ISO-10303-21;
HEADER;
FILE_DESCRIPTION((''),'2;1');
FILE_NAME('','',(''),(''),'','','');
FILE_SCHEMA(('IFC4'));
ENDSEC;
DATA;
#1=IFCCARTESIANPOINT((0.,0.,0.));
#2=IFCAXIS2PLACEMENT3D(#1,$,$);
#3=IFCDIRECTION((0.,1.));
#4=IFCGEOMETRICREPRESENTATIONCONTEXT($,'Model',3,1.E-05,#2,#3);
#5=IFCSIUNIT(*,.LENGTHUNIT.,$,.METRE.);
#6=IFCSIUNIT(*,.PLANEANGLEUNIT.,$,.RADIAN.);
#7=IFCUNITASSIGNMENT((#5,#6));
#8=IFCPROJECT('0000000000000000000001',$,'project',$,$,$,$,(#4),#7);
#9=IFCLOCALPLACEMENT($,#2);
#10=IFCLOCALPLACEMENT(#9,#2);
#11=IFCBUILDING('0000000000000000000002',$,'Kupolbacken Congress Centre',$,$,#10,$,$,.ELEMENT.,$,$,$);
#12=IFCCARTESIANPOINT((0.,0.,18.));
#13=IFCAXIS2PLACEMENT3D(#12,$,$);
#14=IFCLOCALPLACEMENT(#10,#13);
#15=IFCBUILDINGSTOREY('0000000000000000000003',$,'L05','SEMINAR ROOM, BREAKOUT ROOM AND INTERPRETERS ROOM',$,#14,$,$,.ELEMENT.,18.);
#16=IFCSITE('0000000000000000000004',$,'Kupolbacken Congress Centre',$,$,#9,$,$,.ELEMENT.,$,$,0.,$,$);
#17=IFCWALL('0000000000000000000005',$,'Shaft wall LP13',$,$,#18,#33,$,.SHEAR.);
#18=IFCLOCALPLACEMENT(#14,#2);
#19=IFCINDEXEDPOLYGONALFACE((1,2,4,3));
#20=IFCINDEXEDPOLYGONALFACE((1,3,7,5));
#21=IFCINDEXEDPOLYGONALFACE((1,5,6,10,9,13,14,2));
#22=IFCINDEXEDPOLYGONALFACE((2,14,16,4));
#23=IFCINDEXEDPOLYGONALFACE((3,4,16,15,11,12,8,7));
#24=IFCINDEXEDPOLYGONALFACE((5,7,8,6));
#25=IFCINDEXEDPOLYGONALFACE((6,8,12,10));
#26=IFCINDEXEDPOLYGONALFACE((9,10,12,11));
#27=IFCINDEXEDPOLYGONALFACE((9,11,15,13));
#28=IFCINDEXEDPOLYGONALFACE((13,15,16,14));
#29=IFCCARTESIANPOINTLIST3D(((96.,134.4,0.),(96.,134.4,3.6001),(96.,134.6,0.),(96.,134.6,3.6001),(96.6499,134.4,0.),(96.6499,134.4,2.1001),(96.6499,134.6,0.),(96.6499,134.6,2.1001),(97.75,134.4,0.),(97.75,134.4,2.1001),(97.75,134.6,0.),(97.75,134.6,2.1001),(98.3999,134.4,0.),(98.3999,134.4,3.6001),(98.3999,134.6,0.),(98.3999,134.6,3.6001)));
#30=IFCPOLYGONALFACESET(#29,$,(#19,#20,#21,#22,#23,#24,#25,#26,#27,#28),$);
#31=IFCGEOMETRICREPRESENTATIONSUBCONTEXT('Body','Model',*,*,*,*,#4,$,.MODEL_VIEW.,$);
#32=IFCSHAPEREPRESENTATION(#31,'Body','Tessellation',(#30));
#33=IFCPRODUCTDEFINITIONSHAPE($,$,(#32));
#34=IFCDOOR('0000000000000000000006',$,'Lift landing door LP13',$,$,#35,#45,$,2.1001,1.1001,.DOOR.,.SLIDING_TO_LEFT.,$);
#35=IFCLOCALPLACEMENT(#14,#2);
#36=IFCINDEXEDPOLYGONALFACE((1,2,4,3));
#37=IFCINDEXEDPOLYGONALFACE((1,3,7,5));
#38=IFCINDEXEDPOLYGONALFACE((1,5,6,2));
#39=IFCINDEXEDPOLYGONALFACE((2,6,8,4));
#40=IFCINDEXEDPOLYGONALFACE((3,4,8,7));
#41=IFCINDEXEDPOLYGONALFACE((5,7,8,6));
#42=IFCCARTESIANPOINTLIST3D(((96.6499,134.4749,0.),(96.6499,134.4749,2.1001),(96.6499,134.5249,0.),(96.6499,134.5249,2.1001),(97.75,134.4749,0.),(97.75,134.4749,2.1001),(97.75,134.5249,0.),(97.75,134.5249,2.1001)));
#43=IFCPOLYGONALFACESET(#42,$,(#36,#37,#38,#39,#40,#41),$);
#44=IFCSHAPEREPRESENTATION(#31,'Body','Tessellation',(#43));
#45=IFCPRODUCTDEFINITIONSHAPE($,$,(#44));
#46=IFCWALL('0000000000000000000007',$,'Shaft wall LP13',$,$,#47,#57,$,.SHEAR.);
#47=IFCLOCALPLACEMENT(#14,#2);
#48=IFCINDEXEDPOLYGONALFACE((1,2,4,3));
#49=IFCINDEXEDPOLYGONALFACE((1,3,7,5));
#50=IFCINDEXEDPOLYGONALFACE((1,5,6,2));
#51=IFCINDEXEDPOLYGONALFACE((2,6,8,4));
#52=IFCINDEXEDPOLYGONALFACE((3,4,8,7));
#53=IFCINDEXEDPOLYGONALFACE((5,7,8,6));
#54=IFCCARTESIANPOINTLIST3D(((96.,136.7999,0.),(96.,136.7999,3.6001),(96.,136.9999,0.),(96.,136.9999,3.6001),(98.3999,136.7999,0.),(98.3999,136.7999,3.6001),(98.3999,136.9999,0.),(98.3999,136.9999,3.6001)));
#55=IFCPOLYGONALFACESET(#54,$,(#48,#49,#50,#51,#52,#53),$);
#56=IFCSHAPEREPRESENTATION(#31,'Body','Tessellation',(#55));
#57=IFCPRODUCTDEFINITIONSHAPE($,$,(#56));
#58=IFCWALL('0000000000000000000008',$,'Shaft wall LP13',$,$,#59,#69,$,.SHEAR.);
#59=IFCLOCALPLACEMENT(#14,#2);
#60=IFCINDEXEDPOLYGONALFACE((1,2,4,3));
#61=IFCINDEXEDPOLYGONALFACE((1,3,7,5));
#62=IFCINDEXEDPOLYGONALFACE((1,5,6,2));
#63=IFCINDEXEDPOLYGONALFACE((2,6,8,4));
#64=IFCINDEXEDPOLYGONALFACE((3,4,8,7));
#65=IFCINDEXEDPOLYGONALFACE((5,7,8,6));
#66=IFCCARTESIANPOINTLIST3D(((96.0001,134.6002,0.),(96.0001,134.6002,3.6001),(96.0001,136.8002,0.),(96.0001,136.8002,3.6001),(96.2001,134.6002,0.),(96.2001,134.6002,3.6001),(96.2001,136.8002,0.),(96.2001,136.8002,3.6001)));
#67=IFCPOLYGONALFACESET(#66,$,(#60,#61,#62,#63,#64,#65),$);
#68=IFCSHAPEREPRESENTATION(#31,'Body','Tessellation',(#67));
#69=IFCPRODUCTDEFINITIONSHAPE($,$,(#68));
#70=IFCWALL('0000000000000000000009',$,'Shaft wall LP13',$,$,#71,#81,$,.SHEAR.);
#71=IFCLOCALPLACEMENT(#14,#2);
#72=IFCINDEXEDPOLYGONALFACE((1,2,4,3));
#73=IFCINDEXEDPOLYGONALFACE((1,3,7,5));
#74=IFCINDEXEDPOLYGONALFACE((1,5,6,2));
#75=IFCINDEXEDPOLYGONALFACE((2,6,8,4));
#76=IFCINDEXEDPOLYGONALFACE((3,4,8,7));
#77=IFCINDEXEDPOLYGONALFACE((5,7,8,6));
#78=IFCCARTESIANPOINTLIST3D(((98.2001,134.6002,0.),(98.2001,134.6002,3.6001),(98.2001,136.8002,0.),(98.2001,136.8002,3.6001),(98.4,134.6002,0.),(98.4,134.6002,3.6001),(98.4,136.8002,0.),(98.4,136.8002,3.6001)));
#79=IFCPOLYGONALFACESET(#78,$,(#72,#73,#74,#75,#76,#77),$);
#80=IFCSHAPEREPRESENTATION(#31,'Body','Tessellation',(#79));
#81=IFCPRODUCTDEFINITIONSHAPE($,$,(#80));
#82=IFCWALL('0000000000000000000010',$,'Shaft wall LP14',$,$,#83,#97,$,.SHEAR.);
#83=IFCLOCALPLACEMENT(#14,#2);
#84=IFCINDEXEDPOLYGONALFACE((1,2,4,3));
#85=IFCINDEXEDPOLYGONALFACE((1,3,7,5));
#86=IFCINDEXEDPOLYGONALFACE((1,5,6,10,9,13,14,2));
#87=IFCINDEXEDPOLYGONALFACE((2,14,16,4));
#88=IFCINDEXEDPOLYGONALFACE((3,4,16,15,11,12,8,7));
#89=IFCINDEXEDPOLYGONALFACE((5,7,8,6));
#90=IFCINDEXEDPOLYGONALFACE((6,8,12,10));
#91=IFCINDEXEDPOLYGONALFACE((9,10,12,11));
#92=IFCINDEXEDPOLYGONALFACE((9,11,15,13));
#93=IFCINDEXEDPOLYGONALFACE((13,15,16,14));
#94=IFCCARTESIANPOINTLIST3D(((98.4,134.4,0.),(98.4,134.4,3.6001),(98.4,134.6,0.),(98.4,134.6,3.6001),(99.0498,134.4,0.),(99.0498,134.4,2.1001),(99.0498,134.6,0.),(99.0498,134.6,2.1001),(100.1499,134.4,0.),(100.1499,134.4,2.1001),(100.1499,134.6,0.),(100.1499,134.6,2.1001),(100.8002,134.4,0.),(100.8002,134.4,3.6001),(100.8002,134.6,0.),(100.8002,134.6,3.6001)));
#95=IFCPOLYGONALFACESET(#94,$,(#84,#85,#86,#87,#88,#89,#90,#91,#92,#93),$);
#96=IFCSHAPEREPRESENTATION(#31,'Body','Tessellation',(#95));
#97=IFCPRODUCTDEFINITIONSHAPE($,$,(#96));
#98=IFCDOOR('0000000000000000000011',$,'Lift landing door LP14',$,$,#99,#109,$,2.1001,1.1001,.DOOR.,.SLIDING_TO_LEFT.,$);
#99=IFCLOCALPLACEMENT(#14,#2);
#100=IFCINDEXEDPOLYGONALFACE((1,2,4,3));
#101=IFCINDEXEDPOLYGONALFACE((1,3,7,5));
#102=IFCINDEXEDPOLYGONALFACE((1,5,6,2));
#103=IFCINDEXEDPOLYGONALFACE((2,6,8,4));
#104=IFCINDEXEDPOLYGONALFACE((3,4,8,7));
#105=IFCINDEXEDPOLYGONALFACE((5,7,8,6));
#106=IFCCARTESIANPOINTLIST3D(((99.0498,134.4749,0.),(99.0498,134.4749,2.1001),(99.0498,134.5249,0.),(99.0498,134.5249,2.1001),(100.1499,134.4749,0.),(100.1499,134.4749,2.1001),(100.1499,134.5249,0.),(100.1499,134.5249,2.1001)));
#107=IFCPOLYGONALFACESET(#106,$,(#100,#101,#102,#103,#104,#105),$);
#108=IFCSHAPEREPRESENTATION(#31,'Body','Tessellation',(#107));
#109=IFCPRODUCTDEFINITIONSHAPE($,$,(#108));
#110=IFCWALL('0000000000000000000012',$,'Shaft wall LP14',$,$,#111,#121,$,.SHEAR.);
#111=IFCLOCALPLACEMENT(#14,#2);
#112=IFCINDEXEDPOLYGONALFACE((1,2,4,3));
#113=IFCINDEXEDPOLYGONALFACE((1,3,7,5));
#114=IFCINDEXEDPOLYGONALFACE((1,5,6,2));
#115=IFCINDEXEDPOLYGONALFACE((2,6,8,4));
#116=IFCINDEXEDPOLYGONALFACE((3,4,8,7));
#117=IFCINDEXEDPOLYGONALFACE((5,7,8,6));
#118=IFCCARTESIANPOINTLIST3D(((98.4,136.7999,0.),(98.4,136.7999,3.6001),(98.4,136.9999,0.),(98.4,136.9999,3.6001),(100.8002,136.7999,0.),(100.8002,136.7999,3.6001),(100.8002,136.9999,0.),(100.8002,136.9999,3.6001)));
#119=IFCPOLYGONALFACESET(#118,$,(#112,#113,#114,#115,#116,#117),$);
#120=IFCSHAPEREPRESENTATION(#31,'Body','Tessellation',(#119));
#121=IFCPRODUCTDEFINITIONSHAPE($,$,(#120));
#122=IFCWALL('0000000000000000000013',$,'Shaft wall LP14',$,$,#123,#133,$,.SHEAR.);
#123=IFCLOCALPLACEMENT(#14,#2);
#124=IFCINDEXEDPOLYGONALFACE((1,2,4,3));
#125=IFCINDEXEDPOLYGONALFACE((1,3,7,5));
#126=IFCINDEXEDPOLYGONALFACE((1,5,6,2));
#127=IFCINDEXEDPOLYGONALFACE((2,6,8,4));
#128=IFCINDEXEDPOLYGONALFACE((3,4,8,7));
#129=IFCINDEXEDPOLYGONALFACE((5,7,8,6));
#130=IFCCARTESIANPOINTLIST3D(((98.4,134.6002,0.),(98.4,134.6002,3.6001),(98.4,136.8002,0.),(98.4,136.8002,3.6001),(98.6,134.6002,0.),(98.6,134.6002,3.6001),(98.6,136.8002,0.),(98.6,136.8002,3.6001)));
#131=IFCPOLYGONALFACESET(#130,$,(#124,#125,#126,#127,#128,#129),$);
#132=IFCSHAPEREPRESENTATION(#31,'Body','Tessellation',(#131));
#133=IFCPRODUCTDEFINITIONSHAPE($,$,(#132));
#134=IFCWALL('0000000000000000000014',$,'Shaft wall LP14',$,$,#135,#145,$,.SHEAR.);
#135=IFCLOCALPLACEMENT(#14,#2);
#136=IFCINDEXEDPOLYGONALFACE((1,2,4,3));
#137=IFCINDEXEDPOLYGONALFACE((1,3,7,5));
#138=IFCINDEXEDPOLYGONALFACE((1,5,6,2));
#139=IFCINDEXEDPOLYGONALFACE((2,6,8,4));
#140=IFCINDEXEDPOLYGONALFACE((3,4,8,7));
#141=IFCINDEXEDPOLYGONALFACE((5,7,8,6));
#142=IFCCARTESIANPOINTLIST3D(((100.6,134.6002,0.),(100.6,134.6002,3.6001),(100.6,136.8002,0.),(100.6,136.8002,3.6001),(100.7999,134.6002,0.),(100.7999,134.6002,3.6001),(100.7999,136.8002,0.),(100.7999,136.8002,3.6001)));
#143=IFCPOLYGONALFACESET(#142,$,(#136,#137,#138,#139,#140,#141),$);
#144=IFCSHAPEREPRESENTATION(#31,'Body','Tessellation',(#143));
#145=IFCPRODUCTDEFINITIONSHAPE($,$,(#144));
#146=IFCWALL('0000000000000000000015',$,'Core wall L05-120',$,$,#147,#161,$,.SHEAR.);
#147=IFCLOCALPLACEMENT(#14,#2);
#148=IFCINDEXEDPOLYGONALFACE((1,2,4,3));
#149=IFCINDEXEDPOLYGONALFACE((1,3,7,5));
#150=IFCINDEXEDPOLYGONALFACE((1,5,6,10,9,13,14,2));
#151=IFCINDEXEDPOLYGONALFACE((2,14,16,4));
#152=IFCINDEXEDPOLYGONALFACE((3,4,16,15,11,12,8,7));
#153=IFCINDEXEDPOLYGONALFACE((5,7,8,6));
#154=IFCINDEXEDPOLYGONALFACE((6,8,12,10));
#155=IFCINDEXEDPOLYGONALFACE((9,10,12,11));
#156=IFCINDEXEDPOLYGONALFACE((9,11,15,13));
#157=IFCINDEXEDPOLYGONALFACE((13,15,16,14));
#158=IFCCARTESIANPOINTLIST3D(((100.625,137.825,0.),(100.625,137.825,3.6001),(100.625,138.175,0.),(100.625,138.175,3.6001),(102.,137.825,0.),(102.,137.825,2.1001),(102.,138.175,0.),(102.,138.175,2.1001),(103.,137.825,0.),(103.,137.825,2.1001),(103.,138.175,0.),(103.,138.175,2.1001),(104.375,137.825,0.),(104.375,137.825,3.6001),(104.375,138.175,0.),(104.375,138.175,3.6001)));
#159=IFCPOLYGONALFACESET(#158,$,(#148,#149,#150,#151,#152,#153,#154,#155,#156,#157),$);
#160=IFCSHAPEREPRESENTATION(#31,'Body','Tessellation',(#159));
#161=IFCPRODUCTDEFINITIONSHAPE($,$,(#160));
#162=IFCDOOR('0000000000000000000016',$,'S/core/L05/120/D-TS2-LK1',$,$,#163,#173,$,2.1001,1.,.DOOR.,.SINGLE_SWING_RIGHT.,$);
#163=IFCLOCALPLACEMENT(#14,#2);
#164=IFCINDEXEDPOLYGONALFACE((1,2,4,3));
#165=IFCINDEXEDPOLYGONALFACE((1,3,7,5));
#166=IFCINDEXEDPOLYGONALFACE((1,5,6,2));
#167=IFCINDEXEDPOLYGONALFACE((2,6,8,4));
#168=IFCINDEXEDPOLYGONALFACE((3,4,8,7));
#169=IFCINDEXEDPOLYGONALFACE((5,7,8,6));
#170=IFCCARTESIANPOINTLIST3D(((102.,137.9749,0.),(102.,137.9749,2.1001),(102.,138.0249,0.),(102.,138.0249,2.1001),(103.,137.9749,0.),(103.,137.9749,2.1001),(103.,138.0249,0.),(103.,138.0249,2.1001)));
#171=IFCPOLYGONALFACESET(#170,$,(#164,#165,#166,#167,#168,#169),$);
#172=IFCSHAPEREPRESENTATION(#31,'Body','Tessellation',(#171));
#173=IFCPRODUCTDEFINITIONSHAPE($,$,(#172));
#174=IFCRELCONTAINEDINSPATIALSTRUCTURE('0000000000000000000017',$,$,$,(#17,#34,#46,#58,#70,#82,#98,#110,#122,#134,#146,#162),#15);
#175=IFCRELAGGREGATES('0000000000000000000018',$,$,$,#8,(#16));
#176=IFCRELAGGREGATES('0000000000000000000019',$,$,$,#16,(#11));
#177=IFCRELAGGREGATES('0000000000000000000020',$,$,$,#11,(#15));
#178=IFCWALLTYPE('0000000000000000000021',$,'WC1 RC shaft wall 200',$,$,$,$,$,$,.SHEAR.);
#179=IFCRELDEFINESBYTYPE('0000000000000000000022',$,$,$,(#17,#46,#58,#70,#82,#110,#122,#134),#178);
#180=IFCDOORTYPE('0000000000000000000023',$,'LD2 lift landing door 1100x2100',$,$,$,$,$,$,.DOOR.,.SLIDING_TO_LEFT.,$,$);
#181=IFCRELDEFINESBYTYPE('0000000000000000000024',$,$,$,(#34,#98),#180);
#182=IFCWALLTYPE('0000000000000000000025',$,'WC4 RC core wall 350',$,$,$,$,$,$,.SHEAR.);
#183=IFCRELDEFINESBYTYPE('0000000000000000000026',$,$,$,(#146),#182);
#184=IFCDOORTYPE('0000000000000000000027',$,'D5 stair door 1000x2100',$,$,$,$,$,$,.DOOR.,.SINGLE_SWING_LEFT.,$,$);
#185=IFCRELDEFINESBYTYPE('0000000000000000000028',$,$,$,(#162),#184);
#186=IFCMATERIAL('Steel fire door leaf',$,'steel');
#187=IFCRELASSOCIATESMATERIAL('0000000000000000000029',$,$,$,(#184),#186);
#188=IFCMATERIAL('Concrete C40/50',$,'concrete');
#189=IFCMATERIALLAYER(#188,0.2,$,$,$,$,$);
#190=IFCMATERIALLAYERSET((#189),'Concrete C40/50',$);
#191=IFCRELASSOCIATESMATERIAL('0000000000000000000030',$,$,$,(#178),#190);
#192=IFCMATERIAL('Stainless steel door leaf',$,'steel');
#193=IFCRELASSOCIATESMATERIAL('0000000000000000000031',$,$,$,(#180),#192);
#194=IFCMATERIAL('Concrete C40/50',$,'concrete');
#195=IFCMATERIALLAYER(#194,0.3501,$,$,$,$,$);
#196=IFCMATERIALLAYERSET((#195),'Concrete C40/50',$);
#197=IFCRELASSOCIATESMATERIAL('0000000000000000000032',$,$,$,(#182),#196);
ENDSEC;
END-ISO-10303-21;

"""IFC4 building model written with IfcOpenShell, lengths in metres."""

from ifc_helpers import new_model, si_unit, direction, frame, frame_2d, origin, place, context, subcontext, project, spatial, rectangle, extrude, material, layer, layer_set, type_object, element, fill, save


model = new_model("IFC4")

# Units and contexts
model_context = context("Model", 3, precision=1e-05, world=origin(), true_north=direction((0.0, 1.0)))
body_context = subcontext(model_context, "Body", "Model", "MODEL_VIEW")
ifc_project = project(units=[si_unit("LENGTHUNIT", "METRE"), si_unit("PLANEANGLEUNIT", "RADIAN")], contexts=[model_context])

# Site, building, storey
site_placement = place(None, origin())
site = spatial("IfcSite", under=ifc_project, at=site_placement, Name="Kupolbacken Congress Centre", CompositionType="ELEMENT", RefElevation=0.0)
building_placement = place(site_placement, origin())
building = spatial("IfcBuilding", under=site, at=building_placement, Name="Kupolbacken Congress Centre", CompositionType="ELEMENT")
storey_placement = place(building_placement, frame((0.0, 0.0, 18.0)))
storey = spatial("IfcBuildingStorey", under=building, at=storey_placement, Name="L05", Description="SEMINAR ROOM, BREAKOUT ROOM AND INTERPRETERS ROOM", CompositionType="ELEMENT", Elevation=18.0)

# Shared definitions
ifc_material_1 = material(Name="Steel fire door leaf", Category="steel")
door_type_1 = type_object("IfcDoorType", Name="D5 stair door 1000x2100", OperationType="SINGLE_SWING_LEFT", PredefinedType="DOOR", material=ifc_material_1)

# Shared definitions
ifc_material_2 = material(Name="Concrete C40/50", Category="concrete")
ifc_layer_1 = layer(ifc_material_2, 0.2)
ifc_layer_set_1 = layer_set([ifc_layer_1], Name="Concrete C40/50")
wall_type_1 = type_object("IfcWallType", Name="WC1 RC shaft wall 200", PredefinedType="SHEAR", material=ifc_layer_set_1)

# Wall, opening, door
wall_1_placement = place(storey_placement, frame((96.0, 134.5, 0.0), z_axis=(0.0, 0.0, 1.0), x_axis=(1.0, 0.0, 0.0)))
wall_1 = element("IfcWall", 1, at=wall_1_placement, inside=storey, type_object=wall_type_1, Name="Shaft wall LP13", PredefinedType="SHEAR", context=body_context, shape_type="SweptSolid", body=[
    extrude(rectangle(XDim=2.3999, YDim=0.2, at=frame_2d((1.2, 0.0))), origin(), (0.0, 0.0, 1.0), 3.6001),
])
opening_1_placement = place(wall_1_placement, frame((0.6499, 0.0, 0.0)))
opening_1 = element("IfcOpeningElement", 2, at=opening_1_placement, cuts=wall_1, PredefinedType="OPENING", context=body_context, shape_type="SweptSolid", body=[
    extrude(rectangle(XDim=1.1001, YDim=2.1001, at=frame_2d((0.55, 1.05))), frame((0.0, 0.1099, 0.0), z_axis=(0.0, -1.0, 0.0), x_axis=(1.0, 0.0, 0.0)), (0.0, 0.0, 1.0), 0.22),
])
ifc_material_3 = material(Name="Stainless steel door leaf", Category="steel")
door_type_2 = type_object("IfcDoorType", Name="LD2 lift landing door 1100x2100", OperationType="SLIDING_TO_LEFT", PredefinedType="DOOR", material=ifc_material_3)
door_1_placement = place(opening_1_placement, origin())
door_1 = element("IfcDoor", 3, at=door_1_placement, inside=storey, type_object=door_type_2, Name="Lift landing door LP13", OperationType="SLIDING_TO_LEFT", OverallHeight=2.1001, OverallWidth=1.1001, PredefinedType="DOOR", context=body_context, shape_type="SweptSolid", body=[
    extrude(rectangle(XDim=1.1001, YDim=2.1001, at=frame_2d((0.55, 1.05))), frame((0.0, 0.0249, 0.0), z_axis=(0.0, -1.0, 0.0), x_axis=(1.0, 0.0, 0.0)), (0.0, 0.0, 1.0), 0.05),
])
fill(opening_1, door_1)

# Walls
wall_2_placement = place(storey_placement, frame((96.0, 136.8999, 0.0), z_axis=(0.0, 0.0, 1.0), x_axis=(1.0, 0.0, 0.0)))
element("IfcWall", 4, at=wall_2_placement, inside=storey, type_object=wall_type_1, Name="Shaft wall LP13", PredefinedType="SHEAR", context=body_context, shape_type="SweptSolid", body=[
    extrude(rectangle(XDim=2.3999, YDim=0.2, at=frame_2d((1.2, 0.0))), origin(), (0.0, 0.0, 1.0), 3.6001),
])
for number, where, z_axis, x_axis, name in (
    (5, (96.1001, 134.6001, 0.0), (0.0, 0.0, 1.0), (0.0, 1.0, 0.0), "Shaft wall LP13"),
    (6, (98.3, 134.6001, 0.0), (0.0, 0.0, 1.0), (0.0, 1.0, 0.0), "Shaft wall LP13"),
):
    element("IfcWall", number, at=place(storey_placement, frame(where, z_axis=z_axis, x_axis=x_axis)), inside=storey, type_object=wall_type_1, Name=name, PredefinedType="SHEAR", context=body_context, shape_type="SweptSolid", body=[
        extrude(rectangle(XDim=2.2, YDim=0.2, at=frame_2d((1.1001, 0.0))), origin(), (0.0, 0.0, 1.0), 3.6001),
    ])

# Wall, opening, door
wall_3_placement = place(storey_placement, frame((98.3999, 134.5, 0.0), z_axis=(0.0, 0.0, 1.0), x_axis=(1.0, 0.0, 0.0)))
wall_3 = element("IfcWall", 7, at=wall_3_placement, inside=storey, type_object=wall_type_1, Name="Shaft wall LP14", PredefinedType="SHEAR", context=body_context, shape_type="SweptSolid", body=[
    extrude(rectangle(XDim=2.4001, YDim=0.2, at=frame_2d((1.2002, 0.0))), origin(), (0.0, 0.0, 1.0), 3.6001),
])
opening_2_placement = place(wall_3_placement, frame((0.6499, 0.0, 0.0)))
opening_2 = element("IfcOpeningElement", 8, at=opening_2_placement, cuts=wall_3, PredefinedType="OPENING", context=body_context, shape_type="SweptSolid", body=[
    extrude(rectangle(XDim=1.1001, YDim=2.1001, at=frame_2d((0.55, 1.05))), frame((0.0, 0.1099, 0.0), z_axis=(0.0, -1.0, 0.0), x_axis=(1.0, 0.0, 0.0)), (0.0, 0.0, 1.0), 0.22),
])
door_2_placement = place(opening_2_placement, origin())
door_2 = element("IfcDoor", 9, at=door_2_placement, inside=storey, type_object=door_type_2, Name="Lift landing door LP14", OperationType="SLIDING_TO_LEFT", OverallHeight=2.1001, OverallWidth=1.1001, PredefinedType="DOOR", context=body_context, shape_type="SweptSolid", body=[
    extrude(rectangle(XDim=1.1001, YDim=2.1001, at=frame_2d((0.55, 1.05))), frame((0.0, 0.0249, 0.0), z_axis=(0.0, -1.0, 0.0), x_axis=(1.0, 0.0, 0.0)), (0.0, 0.0, 1.0), 0.05),
])
fill(opening_2, door_2)

# Walls
wall_4_placement = place(storey_placement, frame((98.3999, 136.8999, 0.0), z_axis=(0.0, 0.0, 1.0), x_axis=(1.0, 0.0, 0.0)))
element("IfcWall", 10, at=wall_4_placement, inside=storey, type_object=wall_type_1, Name="Shaft wall LP14", PredefinedType="SHEAR", context=body_context, shape_type="SweptSolid", body=[
    extrude(rectangle(XDim=2.4001, YDim=0.2, at=frame_2d((1.2002, 0.0))), origin(), (0.0, 0.0, 1.0), 3.6001),
])
for number, where, z_axis, x_axis, name in (
    (11, (98.5, 134.6001, 0.0), (0.0, 0.0, 1.0), (0.0, 1.0, 0.0), "Shaft wall LP14"),
    (12, (100.7, 134.6001, 0.0), (0.0, 0.0, 1.0), (0.0, 1.0, 0.0), "Shaft wall LP14"),
):
    element("IfcWall", number, at=place(storey_placement, frame(where, z_axis=z_axis, x_axis=x_axis)), inside=storey, type_object=wall_type_1, Name=name, PredefinedType="SHEAR", context=body_context, shape_type="SweptSolid", body=[
        extrude(rectangle(XDim=2.2, YDim=0.2, at=frame_2d((1.1001, 0.0))), origin(), (0.0, 0.0, 1.0), 3.6001),
    ])

# Wall, opening, door
ifc_material_4 = material(Name="Concrete C40/50", Category="concrete")
ifc_layer_2 = layer(ifc_material_4, 0.3501)
ifc_layer_set_2 = layer_set([ifc_layer_2], Name="Concrete C40/50")
wall_type_2 = type_object("IfcWallType", Name="WC4 RC core wall 350", PredefinedType="SHEAR", material=ifc_layer_set_2)
wall_5_placement = place(storey_placement, frame((100.625, 138.0, 0.0), z_axis=(0.0, 0.0, 1.0), x_axis=(1.0, 0.0, 0.0)))
wall_5 = element("IfcWall", 13, at=wall_5_placement, inside=storey, type_object=wall_type_2, Name="Core wall L05-120", PredefinedType="SHEAR", context=body_context, shape_type="SweptSolid", body=[
    extrude(rectangle(XDim=3.75, YDim=0.3501, at=frame_2d((1.875, 0.0))), origin(), (0.0, 0.0, 1.0), 3.6001),
])
opening_3_placement = place(wall_5_placement, frame((1.375, 0.0, 0.0)))
opening_3 = element("IfcOpeningElement", 14, at=opening_3_placement, cuts=wall_5, PredefinedType="OPENING", context=body_context, shape_type="SweptSolid", body=[
    extrude(rectangle(XDim=1.0, YDim=2.1001, at=frame_2d((0.5, 1.05))), frame((0.0, 0.1851, 0.0), z_axis=(0.0, -1.0, 0.0), x_axis=(1.0, 0.0, 0.0)), (0.0, 0.0, 1.0), 0.3701),
])
door_3_placement = place(opening_3_placement, origin())
door_3 = element("IfcDoor", 15, at=door_3_placement, inside=storey, type_object=door_type_1, Name="S/core/L05/120/D-TS2-LK1", OperationType="SINGLE_SWING_RIGHT", OverallHeight=2.1001, OverallWidth=1.0, PredefinedType="DOOR", context=body_context, shape_type="SweptSolid", body=[
    extrude(rectangle(XDim=1.0, YDim=2.1001, at=frame_2d((0.5, 1.05))), frame((0.0, 0.0249, 0.0), z_axis=(0.0, -1.0, 0.0), x_axis=(1.0, 0.0, 0.0)), (0.0, 0.0, 1.0), 0.05),
])
fill(opening_3, door_3)

save(model, "model.ifc")
